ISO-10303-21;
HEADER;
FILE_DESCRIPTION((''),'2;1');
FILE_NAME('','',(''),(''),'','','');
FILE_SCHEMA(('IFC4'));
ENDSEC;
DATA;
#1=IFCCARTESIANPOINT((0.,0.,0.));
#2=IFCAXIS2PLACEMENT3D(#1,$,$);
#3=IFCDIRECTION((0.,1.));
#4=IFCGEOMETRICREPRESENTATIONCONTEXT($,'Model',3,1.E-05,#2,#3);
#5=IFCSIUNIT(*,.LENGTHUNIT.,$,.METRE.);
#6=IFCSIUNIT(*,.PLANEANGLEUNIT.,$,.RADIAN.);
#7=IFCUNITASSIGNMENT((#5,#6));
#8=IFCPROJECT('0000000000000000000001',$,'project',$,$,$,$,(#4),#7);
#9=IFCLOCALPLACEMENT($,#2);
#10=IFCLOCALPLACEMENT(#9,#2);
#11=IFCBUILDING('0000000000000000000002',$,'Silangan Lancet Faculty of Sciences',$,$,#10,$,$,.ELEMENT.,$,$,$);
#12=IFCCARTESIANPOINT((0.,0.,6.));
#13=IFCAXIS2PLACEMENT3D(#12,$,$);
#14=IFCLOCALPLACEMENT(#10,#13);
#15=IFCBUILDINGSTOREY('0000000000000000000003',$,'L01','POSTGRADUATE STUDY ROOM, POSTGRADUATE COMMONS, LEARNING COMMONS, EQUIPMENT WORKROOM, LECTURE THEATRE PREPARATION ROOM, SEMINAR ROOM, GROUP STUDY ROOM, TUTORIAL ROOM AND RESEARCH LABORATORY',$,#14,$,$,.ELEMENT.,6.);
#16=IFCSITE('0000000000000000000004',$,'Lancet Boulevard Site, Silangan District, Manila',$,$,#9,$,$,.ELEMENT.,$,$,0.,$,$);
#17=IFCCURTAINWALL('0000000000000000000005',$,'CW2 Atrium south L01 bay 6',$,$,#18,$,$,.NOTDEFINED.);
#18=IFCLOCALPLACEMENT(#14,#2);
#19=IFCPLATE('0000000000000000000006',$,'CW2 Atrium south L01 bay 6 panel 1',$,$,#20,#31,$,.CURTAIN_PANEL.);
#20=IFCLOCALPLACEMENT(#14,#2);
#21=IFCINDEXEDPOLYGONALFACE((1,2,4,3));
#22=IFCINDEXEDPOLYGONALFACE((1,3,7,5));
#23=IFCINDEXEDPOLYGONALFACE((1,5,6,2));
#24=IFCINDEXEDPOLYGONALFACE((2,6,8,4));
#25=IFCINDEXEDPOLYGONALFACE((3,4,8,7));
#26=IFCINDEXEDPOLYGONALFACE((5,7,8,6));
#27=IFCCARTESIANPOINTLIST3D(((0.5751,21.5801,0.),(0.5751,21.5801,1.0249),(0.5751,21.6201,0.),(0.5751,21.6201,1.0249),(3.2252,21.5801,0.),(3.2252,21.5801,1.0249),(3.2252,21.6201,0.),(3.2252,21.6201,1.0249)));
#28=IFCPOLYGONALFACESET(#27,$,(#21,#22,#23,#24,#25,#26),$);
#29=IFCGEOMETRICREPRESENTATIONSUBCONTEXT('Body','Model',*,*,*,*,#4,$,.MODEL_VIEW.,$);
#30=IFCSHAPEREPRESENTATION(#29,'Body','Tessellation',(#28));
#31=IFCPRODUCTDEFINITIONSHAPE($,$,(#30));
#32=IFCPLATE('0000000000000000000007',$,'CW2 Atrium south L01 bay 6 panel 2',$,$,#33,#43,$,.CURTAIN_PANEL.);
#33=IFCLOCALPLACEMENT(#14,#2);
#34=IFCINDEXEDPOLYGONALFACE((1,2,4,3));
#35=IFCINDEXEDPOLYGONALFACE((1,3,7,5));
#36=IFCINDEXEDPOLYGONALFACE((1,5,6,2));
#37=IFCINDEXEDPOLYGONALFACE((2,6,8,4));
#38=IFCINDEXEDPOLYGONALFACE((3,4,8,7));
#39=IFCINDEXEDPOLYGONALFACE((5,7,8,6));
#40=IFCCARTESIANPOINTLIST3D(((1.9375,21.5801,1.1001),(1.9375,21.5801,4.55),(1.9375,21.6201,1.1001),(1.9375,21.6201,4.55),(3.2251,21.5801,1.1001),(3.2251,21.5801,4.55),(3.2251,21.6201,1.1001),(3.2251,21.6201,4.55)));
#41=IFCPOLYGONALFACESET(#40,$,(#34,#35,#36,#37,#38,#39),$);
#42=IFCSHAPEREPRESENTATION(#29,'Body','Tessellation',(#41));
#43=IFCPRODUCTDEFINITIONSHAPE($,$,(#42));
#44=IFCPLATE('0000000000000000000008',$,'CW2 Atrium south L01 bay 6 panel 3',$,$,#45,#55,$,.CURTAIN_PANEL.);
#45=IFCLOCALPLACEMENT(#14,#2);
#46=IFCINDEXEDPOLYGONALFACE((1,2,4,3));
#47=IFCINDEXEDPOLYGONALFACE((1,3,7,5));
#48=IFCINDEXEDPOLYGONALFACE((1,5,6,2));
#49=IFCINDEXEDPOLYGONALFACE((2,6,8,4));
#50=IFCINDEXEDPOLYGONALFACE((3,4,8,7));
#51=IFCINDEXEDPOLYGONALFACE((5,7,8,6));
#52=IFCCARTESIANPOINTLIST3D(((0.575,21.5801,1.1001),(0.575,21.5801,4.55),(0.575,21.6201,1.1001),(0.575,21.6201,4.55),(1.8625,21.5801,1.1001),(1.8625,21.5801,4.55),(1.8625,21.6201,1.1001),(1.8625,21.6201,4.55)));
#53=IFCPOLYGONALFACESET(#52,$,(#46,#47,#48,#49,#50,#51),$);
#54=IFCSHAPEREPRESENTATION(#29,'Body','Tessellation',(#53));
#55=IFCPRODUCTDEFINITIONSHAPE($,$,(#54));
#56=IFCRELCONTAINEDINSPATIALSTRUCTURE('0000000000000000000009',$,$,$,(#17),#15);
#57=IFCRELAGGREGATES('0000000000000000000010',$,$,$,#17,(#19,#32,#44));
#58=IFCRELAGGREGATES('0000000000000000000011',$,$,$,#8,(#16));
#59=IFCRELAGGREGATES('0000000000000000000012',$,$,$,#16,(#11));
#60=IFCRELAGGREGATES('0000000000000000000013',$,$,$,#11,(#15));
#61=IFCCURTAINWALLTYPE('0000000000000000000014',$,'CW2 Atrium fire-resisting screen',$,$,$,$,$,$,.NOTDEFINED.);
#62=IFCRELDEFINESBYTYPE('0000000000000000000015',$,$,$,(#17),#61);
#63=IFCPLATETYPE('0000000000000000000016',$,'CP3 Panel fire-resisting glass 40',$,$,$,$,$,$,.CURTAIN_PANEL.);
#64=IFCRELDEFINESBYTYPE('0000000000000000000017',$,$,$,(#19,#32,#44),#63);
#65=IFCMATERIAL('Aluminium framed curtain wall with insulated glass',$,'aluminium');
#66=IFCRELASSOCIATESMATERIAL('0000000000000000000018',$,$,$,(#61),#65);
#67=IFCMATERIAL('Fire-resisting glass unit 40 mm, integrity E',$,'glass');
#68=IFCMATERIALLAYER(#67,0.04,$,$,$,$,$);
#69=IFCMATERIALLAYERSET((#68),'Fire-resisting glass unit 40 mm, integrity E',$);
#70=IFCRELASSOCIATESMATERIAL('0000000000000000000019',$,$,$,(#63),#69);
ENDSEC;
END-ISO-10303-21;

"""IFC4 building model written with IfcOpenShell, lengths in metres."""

from ifc_helpers import new_model, si_unit, direction, frame, origin, origin_2d, place, context, subcontext, project, spatial, rectangle, extrude, material, layer, layer_set, type_object, element, aggregate, save


model = new_model("IFC4")

# Units and contexts
model_context = context("Model", 3, precision=1e-05, world=origin(), true_north=direction((0.0, 1.0)))
body_context = subcontext(model_context, "Body", "Model", "MODEL_VIEW")
ifc_project = project(units=[si_unit("LENGTHUNIT", "METRE"), si_unit("PLANEANGLEUNIT", "RADIAN")], contexts=[model_context])

# Site, building, storey
site_placement = place(None, origin())
site = spatial("IfcSite", under=ifc_project, at=site_placement, Name="Lancet Boulevard Site, Silangan District, Manila", CompositionType="ELEMENT", RefElevation=0.0)
building_placement = place(site_placement, origin())
building = spatial("IfcBuilding", under=site, at=building_placement, Name="Silangan Lancet Faculty of Sciences", CompositionType="ELEMENT")
storey_placement = place(building_placement, frame((0.0, 0.0, 6.0)))
storey = spatial("IfcBuildingStorey", under=building, at=storey_placement, Name="L01", Description="POSTGRADUATE STUDY ROOM, POSTGRADUATE COMMONS, LEARNING COMMONS, EQUIPMENT WORKROOM, LECTURE THEATRE PREPARATION ROOM, SEMINAR ROOM, GROUP STUDY ROOM, TUTORIAL ROOM AND RESEARCH LABORATORY", CompositionType="ELEMENT", Elevation=6.0)

# Curtain wall
ifc_material_1 = material(Name="Aluminium framed curtain wall with insulated glass", Category="aluminium")
curtain_wall_type_1 = type_object("IfcCurtainWallType", Name="CW2 Atrium fire-resisting screen", PredefinedType="NOTDEFINED", material=ifc_material_1)
curtain_wall_1_placement = place(storey_placement, origin())
curtain_wall_1 = element("IfcCurtainWall", 1, at=curtain_wall_1_placement, inside=storey, type_object=curtain_wall_type_1, Name="CW2 Atrium south L01 bay 6", PredefinedType="NOTDEFINED")

# Plates
ifc_material_2 = material(Name="Fire-resisting glass unit 40 mm, integrity E", Category="glass")
ifc_layer_1 = layer(ifc_material_2, 0.04)
ifc_layer_set_1 = layer_set([ifc_layer_1], Name="Fire-resisting glass unit 40 mm, integrity E")
plate_type_1 = type_object("IfcPlateType", Name="CP3 Panel fire-resisting glass 40", PredefinedType="CURTAIN_PANEL", material=ifc_layer_set_1)
plate_1_placement = place(storey_placement, frame((1.9001, 21.6001, 0.0), z_axis=(0.0, 0.0, 1.0), x_axis=(-1.0, 0.0, 0.0)))
plate_1 = element("IfcPlate", 2, at=plate_1_placement, type_object=plate_type_1, Name="CW2 Atrium south L01 bay 6 panel 1", PredefinedType="CURTAIN_PANEL", context=body_context, shape_type="SweptSolid", body=[
    extrude(rectangle(XDim=2.6501, YDim=0.04, at=origin_2d()), origin(), (0.0, 0.0, 1.0), 1.0249),
])
plate_2_placement = place(storey_placement, frame((2.5813, 21.6001, 1.1001), z_axis=(0.0, 0.0, 1.0), x_axis=(-1.0, 0.0, 0.0)))
plate_2 = element("IfcPlate", 3, at=plate_2_placement, type_object=plate_type_1, Name="CW2 Atrium south L01 bay 6 panel 2", PredefinedType="CURTAIN_PANEL", context=body_context, shape_type="SweptSolid", body=[
    extrude(rectangle(XDim=1.2876, YDim=0.04, at=origin_2d()), origin(), (0.0, 0.0, 1.0), 3.45),
])
plate_3_placement = place(storey_placement, frame((1.2188, 21.6001, 1.1001), z_axis=(0.0, 0.0, 1.0), x_axis=(-1.0, 0.0, 0.0)))
plate_3 = element("IfcPlate", 4, at=plate_3_placement, type_object=plate_type_1, Name="CW2 Atrium south L01 bay 6 panel 3", PredefinedType="CURTAIN_PANEL", context=body_context, shape_type="SweptSolid", body=[
    extrude(rectangle(XDim=1.2876, YDim=0.04, at=origin_2d()), origin(), (0.0, 0.0, 1.0), 3.45),
])
aggregate(curtain_wall_1, [plate_1, plate_2, plate_3])

save(model, "model.ifc")
